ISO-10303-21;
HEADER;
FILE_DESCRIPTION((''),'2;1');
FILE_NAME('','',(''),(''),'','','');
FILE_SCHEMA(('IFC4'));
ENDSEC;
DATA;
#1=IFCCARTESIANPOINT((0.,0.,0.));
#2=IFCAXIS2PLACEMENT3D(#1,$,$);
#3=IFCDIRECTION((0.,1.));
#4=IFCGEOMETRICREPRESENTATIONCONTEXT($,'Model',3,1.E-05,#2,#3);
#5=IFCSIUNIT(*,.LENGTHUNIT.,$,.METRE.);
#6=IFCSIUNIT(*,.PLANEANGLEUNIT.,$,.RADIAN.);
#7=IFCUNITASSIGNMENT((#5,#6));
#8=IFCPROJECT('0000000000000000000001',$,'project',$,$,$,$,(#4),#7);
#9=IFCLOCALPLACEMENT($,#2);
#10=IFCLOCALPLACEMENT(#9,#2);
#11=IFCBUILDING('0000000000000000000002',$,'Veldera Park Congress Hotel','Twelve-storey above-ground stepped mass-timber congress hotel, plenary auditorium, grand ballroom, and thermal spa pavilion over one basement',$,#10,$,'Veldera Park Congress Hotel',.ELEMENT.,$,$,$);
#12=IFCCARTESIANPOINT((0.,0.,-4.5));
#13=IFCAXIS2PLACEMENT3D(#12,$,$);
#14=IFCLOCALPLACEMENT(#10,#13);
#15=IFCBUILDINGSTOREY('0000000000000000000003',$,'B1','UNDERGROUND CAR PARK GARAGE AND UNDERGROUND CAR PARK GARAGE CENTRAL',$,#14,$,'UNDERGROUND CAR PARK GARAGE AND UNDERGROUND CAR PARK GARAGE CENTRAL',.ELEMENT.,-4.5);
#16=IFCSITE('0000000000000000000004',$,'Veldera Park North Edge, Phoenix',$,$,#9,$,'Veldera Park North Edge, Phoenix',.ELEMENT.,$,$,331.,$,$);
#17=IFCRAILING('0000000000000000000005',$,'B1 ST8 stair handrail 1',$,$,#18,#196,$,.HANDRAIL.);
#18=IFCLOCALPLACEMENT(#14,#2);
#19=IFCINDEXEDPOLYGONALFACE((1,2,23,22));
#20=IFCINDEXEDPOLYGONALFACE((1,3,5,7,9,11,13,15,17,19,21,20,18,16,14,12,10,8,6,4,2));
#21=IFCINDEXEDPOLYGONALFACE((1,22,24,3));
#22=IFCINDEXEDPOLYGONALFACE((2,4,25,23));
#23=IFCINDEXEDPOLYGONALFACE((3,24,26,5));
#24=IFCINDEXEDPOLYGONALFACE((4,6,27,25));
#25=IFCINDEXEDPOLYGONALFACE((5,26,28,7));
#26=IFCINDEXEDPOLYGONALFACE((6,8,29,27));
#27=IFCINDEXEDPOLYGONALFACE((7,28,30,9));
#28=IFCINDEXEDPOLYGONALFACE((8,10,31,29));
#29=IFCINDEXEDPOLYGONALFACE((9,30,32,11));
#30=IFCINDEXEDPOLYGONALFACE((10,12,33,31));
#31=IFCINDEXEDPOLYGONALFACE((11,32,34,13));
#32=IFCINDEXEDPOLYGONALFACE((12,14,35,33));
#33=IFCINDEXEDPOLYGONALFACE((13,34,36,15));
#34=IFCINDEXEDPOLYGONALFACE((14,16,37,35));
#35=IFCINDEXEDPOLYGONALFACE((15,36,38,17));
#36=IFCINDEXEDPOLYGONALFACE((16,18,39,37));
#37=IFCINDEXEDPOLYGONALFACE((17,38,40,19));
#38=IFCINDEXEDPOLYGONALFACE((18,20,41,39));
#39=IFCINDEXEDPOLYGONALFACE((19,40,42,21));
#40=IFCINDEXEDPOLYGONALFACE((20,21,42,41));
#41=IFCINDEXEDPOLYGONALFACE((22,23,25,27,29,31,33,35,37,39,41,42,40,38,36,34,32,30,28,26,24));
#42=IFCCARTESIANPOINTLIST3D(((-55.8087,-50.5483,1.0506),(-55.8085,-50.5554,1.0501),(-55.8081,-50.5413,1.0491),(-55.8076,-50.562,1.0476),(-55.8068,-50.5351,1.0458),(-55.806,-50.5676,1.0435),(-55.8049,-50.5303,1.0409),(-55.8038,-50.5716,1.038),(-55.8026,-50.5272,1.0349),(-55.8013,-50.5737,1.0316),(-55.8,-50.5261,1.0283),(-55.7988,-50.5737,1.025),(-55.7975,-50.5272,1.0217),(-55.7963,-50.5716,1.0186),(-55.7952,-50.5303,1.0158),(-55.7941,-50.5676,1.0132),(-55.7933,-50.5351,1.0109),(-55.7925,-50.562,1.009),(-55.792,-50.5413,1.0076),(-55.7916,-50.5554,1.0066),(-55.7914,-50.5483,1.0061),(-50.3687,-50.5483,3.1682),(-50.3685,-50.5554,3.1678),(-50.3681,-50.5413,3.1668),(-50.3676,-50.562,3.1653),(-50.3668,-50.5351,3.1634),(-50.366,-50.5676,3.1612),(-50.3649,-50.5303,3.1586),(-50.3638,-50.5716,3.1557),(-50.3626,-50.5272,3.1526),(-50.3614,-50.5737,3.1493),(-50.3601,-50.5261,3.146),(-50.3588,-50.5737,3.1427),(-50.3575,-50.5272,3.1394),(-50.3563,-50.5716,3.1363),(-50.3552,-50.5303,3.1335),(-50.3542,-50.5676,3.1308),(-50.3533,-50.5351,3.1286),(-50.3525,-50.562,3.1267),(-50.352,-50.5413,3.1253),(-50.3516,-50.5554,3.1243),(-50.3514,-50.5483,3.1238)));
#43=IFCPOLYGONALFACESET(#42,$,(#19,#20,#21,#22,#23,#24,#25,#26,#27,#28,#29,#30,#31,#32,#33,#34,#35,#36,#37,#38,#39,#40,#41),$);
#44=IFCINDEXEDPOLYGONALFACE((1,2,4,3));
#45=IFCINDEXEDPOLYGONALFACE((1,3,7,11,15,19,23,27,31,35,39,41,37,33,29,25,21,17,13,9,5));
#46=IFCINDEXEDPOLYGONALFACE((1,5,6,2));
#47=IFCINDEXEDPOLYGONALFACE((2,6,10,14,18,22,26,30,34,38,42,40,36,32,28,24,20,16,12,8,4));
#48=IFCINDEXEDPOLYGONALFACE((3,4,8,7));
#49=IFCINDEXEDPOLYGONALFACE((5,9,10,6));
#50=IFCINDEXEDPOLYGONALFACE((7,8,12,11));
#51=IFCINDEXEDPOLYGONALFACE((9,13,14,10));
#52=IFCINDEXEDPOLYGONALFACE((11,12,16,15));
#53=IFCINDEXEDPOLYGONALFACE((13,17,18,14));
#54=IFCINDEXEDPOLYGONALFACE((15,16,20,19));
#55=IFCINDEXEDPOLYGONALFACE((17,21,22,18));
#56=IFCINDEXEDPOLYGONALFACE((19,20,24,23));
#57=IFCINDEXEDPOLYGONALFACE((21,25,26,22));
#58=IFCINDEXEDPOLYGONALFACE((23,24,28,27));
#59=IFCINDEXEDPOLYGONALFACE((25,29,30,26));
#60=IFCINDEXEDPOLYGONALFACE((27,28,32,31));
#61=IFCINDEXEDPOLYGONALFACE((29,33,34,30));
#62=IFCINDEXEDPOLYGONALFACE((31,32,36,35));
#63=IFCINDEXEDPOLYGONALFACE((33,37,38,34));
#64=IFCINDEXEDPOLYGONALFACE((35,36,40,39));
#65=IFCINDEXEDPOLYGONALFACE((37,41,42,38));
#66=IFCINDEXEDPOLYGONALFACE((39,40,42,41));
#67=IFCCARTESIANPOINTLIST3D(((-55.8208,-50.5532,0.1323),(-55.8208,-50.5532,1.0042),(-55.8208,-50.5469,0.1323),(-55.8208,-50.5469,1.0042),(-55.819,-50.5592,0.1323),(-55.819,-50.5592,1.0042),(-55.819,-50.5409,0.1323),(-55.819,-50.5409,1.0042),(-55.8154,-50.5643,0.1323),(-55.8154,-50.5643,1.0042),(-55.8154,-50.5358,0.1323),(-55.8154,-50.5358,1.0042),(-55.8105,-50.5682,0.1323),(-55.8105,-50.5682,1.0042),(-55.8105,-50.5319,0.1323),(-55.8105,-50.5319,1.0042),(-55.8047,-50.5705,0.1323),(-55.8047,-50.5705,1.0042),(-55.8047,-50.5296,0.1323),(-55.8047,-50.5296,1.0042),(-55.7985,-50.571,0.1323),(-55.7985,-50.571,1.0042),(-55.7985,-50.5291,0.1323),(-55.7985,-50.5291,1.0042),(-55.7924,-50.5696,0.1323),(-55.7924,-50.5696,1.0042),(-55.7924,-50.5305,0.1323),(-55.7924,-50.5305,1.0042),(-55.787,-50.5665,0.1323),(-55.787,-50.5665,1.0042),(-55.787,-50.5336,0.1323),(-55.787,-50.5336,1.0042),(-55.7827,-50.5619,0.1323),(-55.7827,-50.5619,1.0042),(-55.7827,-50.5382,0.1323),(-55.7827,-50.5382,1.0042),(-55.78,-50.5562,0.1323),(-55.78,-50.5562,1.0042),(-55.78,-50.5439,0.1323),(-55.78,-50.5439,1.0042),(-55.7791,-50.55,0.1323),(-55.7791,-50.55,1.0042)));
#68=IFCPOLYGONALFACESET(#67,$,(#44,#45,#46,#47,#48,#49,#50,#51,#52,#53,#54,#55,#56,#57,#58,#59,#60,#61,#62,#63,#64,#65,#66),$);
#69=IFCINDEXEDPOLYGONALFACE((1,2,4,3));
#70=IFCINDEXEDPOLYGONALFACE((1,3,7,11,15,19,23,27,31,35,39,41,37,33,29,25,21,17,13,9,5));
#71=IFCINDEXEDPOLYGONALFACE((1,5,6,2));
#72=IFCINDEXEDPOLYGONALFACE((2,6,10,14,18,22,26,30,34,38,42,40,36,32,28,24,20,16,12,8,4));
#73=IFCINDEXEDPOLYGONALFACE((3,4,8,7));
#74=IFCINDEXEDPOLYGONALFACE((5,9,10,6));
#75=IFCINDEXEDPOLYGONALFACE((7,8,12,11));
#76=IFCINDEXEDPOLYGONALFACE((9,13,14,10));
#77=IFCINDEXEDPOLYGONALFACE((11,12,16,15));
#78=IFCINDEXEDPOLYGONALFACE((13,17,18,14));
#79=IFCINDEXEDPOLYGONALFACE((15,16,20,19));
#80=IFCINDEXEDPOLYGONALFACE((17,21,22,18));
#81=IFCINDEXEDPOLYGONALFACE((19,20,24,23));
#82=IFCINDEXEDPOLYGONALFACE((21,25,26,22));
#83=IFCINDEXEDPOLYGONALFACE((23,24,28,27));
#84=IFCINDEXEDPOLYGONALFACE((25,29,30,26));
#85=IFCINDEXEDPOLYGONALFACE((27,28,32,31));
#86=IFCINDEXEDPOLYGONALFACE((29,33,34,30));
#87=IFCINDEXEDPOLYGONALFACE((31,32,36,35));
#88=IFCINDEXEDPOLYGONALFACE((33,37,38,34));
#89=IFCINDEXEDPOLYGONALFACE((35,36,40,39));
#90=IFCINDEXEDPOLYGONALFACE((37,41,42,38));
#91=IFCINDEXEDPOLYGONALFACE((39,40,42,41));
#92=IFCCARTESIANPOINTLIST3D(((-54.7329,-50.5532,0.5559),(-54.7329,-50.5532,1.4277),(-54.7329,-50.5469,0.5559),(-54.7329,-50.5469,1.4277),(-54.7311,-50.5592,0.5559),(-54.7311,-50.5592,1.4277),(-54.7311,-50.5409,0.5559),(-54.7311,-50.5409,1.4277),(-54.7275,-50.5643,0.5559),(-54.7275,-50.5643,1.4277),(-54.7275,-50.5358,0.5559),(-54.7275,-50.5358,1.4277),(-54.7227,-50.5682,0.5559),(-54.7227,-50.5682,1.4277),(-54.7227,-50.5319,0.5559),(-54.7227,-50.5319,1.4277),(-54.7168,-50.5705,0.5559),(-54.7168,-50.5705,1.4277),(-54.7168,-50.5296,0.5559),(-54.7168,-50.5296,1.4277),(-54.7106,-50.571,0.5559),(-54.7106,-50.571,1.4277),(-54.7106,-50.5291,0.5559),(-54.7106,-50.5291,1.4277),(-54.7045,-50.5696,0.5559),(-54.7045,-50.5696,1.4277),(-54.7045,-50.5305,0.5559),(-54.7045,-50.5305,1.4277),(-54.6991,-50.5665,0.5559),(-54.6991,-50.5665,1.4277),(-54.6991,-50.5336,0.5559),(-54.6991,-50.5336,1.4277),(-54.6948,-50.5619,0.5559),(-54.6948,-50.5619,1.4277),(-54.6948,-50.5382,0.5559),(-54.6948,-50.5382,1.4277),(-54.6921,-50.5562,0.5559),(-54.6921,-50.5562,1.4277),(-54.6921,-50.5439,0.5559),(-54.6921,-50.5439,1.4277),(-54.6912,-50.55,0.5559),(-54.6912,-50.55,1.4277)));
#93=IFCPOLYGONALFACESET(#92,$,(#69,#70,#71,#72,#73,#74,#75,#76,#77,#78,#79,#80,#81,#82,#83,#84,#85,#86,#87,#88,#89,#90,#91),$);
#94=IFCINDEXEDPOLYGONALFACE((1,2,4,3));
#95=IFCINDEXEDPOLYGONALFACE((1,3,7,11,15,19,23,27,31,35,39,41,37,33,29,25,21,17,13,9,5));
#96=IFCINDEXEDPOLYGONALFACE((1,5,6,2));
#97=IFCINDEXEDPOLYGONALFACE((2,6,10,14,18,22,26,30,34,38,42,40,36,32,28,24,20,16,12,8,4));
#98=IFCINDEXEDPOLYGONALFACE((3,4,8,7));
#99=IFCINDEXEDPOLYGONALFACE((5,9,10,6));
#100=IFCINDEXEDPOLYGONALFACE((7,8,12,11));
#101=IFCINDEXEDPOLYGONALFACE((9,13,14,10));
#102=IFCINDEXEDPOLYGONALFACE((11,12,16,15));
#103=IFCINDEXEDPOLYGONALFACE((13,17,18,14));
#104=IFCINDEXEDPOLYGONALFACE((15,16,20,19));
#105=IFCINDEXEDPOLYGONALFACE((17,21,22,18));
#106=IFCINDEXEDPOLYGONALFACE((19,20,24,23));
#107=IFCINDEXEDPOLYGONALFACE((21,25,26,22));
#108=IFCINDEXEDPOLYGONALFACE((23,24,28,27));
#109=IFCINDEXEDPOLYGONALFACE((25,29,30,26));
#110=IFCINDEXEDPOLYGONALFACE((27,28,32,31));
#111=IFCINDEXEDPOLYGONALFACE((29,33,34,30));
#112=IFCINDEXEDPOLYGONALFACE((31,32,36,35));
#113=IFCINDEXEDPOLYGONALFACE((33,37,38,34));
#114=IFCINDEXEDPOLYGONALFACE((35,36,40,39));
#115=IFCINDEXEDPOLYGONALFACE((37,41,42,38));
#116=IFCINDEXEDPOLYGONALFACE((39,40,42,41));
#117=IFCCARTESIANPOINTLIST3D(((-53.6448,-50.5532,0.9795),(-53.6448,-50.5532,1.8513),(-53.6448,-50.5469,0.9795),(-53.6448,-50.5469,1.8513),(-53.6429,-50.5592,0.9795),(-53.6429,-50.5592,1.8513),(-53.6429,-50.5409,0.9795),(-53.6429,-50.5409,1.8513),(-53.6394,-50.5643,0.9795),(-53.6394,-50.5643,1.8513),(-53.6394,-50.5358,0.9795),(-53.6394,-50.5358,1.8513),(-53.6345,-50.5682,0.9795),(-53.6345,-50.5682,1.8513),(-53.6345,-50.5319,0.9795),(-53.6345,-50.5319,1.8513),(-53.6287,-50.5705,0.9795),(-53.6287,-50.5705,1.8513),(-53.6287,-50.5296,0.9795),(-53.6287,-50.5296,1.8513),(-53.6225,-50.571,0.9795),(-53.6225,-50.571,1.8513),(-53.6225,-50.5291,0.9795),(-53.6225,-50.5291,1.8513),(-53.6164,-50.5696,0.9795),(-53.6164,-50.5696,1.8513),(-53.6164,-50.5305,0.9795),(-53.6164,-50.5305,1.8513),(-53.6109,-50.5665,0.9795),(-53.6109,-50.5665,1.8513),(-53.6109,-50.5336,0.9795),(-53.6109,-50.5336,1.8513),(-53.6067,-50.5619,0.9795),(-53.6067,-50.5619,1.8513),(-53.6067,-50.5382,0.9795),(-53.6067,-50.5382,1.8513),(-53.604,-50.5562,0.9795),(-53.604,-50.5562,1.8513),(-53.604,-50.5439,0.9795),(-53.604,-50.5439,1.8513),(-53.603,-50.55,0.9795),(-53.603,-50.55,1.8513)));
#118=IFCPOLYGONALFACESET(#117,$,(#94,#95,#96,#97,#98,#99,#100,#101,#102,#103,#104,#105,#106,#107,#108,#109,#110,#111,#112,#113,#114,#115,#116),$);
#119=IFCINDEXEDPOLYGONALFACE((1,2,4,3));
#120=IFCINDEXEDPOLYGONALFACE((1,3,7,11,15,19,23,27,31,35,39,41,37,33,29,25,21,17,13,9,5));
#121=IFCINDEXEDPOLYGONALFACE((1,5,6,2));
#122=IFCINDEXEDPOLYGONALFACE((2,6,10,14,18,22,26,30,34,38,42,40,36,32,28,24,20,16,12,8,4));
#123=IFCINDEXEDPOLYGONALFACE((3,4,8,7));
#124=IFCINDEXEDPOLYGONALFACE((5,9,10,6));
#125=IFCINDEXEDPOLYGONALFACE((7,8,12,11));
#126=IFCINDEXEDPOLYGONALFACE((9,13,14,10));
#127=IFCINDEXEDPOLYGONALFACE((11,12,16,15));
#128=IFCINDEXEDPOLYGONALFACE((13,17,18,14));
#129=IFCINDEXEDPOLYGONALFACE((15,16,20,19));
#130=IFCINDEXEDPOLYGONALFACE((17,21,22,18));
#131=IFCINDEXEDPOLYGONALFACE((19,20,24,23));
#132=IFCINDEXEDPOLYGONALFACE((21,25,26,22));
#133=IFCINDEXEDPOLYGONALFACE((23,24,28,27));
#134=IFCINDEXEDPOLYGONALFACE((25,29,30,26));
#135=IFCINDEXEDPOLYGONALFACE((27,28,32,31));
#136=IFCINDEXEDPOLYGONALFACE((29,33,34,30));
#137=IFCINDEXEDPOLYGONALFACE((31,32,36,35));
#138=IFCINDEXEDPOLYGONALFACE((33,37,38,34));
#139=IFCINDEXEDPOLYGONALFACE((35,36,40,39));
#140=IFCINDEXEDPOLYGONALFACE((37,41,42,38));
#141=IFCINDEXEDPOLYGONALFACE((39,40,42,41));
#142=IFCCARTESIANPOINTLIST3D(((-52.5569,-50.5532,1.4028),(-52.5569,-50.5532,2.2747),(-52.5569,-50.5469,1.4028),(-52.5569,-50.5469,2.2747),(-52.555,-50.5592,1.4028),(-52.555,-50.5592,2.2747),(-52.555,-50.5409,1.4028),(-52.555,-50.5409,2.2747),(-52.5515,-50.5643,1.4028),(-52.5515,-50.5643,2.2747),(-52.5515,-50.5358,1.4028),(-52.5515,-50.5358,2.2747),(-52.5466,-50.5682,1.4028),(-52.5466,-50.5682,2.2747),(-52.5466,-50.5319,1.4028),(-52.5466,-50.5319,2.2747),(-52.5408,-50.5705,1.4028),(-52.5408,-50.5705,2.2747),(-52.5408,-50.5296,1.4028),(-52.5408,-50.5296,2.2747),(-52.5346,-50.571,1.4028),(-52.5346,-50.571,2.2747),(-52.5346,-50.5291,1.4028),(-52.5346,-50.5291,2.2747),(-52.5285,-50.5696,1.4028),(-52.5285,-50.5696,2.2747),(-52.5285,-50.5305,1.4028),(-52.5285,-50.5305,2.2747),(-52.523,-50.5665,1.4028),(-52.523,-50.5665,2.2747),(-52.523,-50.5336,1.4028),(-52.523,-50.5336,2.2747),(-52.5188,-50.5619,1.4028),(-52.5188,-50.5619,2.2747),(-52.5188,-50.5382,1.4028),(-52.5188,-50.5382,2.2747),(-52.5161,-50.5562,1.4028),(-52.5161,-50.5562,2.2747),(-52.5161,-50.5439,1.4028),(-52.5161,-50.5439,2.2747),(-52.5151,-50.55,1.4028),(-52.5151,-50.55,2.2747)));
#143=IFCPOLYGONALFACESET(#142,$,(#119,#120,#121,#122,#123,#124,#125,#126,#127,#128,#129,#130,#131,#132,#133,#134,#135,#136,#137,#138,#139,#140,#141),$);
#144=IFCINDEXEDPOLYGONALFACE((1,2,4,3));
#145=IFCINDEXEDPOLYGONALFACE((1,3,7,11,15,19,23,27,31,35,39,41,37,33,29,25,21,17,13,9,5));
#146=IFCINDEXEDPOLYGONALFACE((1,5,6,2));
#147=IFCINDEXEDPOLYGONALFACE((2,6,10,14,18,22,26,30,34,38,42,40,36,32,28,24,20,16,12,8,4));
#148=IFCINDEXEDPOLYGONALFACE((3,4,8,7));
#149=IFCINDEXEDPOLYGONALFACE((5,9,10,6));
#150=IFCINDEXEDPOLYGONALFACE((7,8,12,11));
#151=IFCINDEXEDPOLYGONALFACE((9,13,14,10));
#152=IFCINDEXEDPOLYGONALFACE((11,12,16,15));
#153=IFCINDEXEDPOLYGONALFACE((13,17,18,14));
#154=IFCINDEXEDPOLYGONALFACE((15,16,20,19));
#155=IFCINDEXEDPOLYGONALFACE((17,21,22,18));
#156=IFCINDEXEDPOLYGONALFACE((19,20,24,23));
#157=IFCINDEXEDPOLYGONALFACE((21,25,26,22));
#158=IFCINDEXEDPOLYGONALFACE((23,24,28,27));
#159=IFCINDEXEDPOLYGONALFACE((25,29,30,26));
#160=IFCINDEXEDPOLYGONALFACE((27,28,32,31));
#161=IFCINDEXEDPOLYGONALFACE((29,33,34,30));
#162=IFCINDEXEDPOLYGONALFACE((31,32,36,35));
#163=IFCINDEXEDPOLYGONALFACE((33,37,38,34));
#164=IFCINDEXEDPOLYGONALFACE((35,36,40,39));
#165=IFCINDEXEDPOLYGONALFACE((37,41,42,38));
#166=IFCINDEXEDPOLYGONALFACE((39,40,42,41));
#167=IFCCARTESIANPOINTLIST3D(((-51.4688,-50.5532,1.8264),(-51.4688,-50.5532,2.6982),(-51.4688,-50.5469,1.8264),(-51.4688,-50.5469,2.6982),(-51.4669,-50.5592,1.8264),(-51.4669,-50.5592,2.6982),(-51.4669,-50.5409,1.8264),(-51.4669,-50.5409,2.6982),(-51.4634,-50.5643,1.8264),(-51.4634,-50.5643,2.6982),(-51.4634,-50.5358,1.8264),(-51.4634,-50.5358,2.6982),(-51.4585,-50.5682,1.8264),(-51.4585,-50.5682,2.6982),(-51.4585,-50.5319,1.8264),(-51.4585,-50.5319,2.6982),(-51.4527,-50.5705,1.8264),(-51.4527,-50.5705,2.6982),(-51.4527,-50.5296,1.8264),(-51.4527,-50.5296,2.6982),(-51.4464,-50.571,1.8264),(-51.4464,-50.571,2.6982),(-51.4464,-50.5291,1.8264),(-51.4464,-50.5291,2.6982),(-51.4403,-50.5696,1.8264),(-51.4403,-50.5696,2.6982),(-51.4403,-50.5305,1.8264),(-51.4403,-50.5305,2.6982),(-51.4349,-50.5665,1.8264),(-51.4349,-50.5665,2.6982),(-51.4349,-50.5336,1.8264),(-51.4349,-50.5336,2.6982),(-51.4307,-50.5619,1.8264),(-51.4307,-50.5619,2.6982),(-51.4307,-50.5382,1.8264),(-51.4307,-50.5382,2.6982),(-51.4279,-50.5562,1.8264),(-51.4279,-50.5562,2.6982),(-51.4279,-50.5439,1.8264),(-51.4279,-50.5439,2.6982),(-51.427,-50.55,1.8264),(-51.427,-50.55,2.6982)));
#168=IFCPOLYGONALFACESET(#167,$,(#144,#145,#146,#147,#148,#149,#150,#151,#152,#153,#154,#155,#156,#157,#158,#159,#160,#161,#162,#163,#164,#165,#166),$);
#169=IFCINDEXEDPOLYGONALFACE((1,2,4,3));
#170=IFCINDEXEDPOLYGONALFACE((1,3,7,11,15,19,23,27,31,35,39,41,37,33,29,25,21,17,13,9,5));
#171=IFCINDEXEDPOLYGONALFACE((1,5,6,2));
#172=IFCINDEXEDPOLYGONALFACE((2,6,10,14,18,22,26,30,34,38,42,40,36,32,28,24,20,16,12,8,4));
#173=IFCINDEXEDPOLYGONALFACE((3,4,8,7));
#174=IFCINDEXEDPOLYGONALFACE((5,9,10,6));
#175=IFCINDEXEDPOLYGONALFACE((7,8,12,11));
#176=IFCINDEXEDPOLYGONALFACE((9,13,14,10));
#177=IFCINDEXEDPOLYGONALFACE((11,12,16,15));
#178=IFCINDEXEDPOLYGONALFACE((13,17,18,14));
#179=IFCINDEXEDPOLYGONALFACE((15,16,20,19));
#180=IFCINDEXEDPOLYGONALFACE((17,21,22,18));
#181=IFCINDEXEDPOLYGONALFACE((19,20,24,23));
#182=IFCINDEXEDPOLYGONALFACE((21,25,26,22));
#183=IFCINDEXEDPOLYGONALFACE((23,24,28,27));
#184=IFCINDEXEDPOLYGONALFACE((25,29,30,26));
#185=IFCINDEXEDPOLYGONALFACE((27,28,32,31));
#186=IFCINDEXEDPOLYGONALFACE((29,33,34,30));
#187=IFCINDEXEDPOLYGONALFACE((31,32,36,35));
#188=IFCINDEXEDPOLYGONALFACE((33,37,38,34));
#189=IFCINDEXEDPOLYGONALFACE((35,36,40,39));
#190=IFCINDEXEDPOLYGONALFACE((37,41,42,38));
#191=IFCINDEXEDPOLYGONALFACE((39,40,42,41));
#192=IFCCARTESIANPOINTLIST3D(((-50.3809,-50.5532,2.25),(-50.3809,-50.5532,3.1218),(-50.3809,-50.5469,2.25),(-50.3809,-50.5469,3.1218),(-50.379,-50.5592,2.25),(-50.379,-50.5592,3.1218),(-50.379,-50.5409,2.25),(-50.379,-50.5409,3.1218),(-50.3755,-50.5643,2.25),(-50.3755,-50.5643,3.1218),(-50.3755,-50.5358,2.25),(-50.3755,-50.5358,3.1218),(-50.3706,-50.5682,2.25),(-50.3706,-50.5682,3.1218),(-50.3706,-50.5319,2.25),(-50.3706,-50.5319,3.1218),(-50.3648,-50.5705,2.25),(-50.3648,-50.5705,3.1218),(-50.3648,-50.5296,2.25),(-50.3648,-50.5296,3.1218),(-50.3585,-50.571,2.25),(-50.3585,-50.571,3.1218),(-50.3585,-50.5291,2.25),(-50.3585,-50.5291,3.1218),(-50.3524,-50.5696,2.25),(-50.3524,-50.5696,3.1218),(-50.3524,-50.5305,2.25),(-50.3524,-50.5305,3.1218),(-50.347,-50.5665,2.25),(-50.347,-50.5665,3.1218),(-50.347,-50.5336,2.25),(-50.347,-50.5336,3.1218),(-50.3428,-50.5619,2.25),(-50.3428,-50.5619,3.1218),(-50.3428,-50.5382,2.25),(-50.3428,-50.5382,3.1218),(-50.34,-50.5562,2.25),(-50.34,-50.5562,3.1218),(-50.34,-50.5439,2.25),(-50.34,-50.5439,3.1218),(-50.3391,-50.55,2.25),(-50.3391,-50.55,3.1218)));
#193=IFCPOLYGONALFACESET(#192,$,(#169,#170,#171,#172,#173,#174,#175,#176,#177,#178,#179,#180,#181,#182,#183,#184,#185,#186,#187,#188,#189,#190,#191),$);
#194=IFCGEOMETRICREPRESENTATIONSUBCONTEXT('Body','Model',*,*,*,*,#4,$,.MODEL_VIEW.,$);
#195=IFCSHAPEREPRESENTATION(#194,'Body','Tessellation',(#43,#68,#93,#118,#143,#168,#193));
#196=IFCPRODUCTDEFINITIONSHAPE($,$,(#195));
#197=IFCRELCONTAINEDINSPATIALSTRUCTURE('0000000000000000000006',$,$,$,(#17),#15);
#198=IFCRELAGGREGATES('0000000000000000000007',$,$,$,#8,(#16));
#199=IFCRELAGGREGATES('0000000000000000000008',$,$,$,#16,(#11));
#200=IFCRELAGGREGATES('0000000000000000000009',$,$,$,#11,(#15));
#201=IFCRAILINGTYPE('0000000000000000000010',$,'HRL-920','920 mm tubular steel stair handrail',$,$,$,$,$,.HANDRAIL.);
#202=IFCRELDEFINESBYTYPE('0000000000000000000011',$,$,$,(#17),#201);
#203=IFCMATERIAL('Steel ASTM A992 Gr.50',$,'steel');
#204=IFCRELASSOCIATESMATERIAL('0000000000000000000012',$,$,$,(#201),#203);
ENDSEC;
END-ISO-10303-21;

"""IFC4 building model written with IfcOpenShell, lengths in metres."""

from ifc_helpers import new_model, si_unit, direction, frame, origin, origin_2d, place, context, subcontext, project, spatial, circle, extrude, material, type_object, element, save


model = new_model("IFC4")

# Units and contexts
model_context = context("Model", 3, precision=1e-05, world=origin(), true_north=direction((0.0, 1.0)))
body_context = subcontext(model_context, "Body", "Model", "MODEL_VIEW")
ifc_project = project(units=[si_unit("LENGTHUNIT", "METRE"), si_unit("PLANEANGLEUNIT", "RADIAN")], contexts=[model_context])

# Site, building, storey
site_placement = place(None, origin())
site = spatial("IfcSite", under=ifc_project, at=site_placement, Name="Veldera Park North Edge, Phoenix", LongName="Veldera Park North Edge, Phoenix", CompositionType="ELEMENT", RefElevation=331.0)
building_placement = place(site_placement, origin())
building = spatial("IfcBuilding", under=site, at=building_placement, Name="Veldera Park Congress Hotel", Description="Twelve-storey above-ground stepped mass-timber congress hotel, plenary auditorium, grand ballroom, and thermal spa pavilion over one basement", LongName="Veldera Park Congress Hotel", CompositionType="ELEMENT")
storey_placement = place(building_placement, frame((0.0, 0.0, -4.5)))
storey = spatial("IfcBuildingStorey", under=building, at=storey_placement, Name="B1", Description="UNDERGROUND CAR PARK GARAGE AND UNDERGROUND CAR PARK GARAGE CENTRAL", LongName="UNDERGROUND CAR PARK GARAGE AND UNDERGROUND CAR PARK GARAGE CENTRAL", CompositionType="ELEMENT", Elevation=-4.5)

# Shared definitions
ifc_material_1 = material(Name="Steel ASTM A992 Gr.50", Category="steel")

# Railing
railing_type_1 = type_object("IfcRailingType", Name="HRL-920", Description="920 mm tubular steel stair handrail", PredefinedType="HANDRAIL", material=ifc_material_1)
railing_1_placement = place(storey_placement, frame((-55.8, -50.55, 0.1323)))
element("IfcRailing", 1, at=railing_1_placement, inside=storey, type_object=railing_type_1, Name="B1 ST8 stair handrail 1", PredefinedType="HANDRAIL", context=body_context, shape_type="SweptSolid", body=[
    extrude(circle(Radius=0.0239, at=origin_2d()), frame((0.0, 0.0, 0.896), z_axis=(0.931881, 0.0, 0.362765), x_axis=(0.0, 1.0, 0.0)), (0.0, 0.0, 1.0), 5.8376),
    extrude(circle(Radius=0.021, at=origin_2d()), origin(), (0.0, 0.0, 1.0), 0.8718),
    extrude(circle(Radius=0.021, at=origin_2d()), frame((1.0879, 0.0, 0.4236)), (0.0, 0.0, 1.0), 0.8718),
    extrude(circle(Radius=0.021, at=origin_2d()), frame((2.176, 0.0, 0.8472)), (0.0, 0.0, 1.0), 0.8718),
    extrude(circle(Radius=0.021, at=origin_2d()), frame((3.2639, 0.0, 1.2705)), (0.0, 0.0, 1.0), 0.8718),
    extrude(circle(Radius=0.021, at=origin_2d()), frame((4.3521, 0.0, 1.6941)), (0.0, 0.0, 1.0), 0.8718),
    extrude(circle(Radius=0.021, at=origin_2d()), frame((5.4399, 0.0, 2.1177)), (0.0, 0.0, 1.0), 0.8718),
])

save(model, "model.ifc")
